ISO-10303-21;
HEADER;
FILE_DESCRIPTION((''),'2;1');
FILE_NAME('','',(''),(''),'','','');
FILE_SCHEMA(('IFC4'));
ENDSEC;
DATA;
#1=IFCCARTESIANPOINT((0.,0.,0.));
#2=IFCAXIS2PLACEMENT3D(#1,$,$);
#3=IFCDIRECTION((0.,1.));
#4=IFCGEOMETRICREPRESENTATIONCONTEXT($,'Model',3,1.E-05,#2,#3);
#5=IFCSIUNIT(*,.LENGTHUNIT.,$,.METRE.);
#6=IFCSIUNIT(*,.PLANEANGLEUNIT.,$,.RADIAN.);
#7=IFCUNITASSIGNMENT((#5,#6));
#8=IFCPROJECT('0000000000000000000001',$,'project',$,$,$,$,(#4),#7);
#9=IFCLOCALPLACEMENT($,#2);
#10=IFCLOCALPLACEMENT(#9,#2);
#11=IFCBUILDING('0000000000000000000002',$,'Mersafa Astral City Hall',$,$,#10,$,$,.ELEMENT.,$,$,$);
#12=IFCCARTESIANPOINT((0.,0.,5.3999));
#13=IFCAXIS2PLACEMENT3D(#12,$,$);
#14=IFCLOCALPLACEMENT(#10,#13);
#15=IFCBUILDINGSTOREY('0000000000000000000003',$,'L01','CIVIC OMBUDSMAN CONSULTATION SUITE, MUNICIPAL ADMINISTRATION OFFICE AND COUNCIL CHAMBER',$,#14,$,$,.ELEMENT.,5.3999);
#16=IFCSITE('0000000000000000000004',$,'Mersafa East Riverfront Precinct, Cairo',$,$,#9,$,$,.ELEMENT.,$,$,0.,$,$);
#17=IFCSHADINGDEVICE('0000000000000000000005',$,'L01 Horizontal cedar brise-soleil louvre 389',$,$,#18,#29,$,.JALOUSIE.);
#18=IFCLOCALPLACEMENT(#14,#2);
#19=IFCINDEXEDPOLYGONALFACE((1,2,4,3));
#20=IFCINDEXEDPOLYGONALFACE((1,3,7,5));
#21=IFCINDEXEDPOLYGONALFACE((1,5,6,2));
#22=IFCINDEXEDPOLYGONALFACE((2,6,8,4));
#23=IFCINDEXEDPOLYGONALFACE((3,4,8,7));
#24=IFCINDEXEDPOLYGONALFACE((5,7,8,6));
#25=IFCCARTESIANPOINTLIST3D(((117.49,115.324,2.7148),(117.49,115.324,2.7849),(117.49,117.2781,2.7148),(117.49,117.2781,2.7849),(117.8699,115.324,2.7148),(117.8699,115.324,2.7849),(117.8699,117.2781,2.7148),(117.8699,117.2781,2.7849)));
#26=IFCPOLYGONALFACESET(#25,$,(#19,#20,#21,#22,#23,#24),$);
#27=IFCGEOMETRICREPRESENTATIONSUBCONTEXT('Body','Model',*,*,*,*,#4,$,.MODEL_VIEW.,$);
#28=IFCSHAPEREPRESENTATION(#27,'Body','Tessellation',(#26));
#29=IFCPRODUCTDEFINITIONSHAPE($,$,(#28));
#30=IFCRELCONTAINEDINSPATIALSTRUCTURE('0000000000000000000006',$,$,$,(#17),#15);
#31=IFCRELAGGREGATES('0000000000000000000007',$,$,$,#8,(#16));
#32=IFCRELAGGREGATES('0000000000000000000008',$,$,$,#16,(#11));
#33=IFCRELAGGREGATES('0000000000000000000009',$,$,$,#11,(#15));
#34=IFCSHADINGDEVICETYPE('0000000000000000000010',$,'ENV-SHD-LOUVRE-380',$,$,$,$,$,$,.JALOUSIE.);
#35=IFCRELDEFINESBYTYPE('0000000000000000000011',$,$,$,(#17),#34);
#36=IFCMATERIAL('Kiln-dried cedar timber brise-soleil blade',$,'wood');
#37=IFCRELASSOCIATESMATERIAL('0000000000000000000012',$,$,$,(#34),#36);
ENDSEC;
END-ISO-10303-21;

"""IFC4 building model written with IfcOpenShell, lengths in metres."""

from ifc_helpers import new_model, si_unit, direction, frame, origin, origin_2d, place, context, subcontext, project, spatial, rectangle, extrude, material, type_object, element, save


model = new_model("IFC4")

# Units and contexts
model_context = context("Model", 3, precision=1e-05, world=origin(), true_north=direction((0.0, 1.0)))
body_context = subcontext(model_context, "Body", "Model", "MODEL_VIEW")
ifc_project = project(units=[si_unit("LENGTHUNIT", "METRE"), si_unit("PLANEANGLEUNIT", "RADIAN")], contexts=[model_context])

# Site, building, storey
site_placement = place(None, origin())
site = spatial("IfcSite", under=ifc_project, at=site_placement, Name="Mersafa East Riverfront Precinct, Cairo", CompositionType="ELEMENT", RefElevation=0.0)
building_placement = place(site_placement, origin())
building = spatial("IfcBuilding", under=site, at=building_placement, Name="Mersafa Astral City Hall", CompositionType="ELEMENT")
storey_placement = place(building_placement, frame((0.0, 0.0, 5.3999)))
storey = spatial("IfcBuildingStorey", under=building, at=storey_placement, Name="L01", Description="CIVIC OMBUDSMAN CONSULTATION SUITE, MUNICIPAL ADMINISTRATION OFFICE AND COUNCIL CHAMBER", CompositionType="ELEMENT", Elevation=5.3999)

# Shading device
ifc_material_1 = material(Name="Kiln-dried cedar timber brise-soleil blade", Category="wood")
shading_device_type = type_object("IfcShadingDeviceType", Name="ENV-SHD-LOUVRE-380", PredefinedType="JALOUSIE", material=ifc_material_1)
shading_device_1_placement = place(storey_placement, frame((117.6799, 116.301, 2.7148), z_axis=(0.0, 0.0, 1.0), x_axis=(0.0, 1.0, 0.0)))
element("IfcShadingDevice", 1, at=shading_device_1_placement, inside=storey, type_object=shading_device_type, Name="L01 Horizontal cedar brise-soleil louvre 389", PredefinedType="JALOUSIE", context=body_context, shape_type="SweptSolid", body=[
    extrude(rectangle(XDim=1.9541, YDim=0.3799, at=origin_2d()), origin(), (0.0, 0.0, 1.0), 0.0701),
])

save(model, "model.ifc")
